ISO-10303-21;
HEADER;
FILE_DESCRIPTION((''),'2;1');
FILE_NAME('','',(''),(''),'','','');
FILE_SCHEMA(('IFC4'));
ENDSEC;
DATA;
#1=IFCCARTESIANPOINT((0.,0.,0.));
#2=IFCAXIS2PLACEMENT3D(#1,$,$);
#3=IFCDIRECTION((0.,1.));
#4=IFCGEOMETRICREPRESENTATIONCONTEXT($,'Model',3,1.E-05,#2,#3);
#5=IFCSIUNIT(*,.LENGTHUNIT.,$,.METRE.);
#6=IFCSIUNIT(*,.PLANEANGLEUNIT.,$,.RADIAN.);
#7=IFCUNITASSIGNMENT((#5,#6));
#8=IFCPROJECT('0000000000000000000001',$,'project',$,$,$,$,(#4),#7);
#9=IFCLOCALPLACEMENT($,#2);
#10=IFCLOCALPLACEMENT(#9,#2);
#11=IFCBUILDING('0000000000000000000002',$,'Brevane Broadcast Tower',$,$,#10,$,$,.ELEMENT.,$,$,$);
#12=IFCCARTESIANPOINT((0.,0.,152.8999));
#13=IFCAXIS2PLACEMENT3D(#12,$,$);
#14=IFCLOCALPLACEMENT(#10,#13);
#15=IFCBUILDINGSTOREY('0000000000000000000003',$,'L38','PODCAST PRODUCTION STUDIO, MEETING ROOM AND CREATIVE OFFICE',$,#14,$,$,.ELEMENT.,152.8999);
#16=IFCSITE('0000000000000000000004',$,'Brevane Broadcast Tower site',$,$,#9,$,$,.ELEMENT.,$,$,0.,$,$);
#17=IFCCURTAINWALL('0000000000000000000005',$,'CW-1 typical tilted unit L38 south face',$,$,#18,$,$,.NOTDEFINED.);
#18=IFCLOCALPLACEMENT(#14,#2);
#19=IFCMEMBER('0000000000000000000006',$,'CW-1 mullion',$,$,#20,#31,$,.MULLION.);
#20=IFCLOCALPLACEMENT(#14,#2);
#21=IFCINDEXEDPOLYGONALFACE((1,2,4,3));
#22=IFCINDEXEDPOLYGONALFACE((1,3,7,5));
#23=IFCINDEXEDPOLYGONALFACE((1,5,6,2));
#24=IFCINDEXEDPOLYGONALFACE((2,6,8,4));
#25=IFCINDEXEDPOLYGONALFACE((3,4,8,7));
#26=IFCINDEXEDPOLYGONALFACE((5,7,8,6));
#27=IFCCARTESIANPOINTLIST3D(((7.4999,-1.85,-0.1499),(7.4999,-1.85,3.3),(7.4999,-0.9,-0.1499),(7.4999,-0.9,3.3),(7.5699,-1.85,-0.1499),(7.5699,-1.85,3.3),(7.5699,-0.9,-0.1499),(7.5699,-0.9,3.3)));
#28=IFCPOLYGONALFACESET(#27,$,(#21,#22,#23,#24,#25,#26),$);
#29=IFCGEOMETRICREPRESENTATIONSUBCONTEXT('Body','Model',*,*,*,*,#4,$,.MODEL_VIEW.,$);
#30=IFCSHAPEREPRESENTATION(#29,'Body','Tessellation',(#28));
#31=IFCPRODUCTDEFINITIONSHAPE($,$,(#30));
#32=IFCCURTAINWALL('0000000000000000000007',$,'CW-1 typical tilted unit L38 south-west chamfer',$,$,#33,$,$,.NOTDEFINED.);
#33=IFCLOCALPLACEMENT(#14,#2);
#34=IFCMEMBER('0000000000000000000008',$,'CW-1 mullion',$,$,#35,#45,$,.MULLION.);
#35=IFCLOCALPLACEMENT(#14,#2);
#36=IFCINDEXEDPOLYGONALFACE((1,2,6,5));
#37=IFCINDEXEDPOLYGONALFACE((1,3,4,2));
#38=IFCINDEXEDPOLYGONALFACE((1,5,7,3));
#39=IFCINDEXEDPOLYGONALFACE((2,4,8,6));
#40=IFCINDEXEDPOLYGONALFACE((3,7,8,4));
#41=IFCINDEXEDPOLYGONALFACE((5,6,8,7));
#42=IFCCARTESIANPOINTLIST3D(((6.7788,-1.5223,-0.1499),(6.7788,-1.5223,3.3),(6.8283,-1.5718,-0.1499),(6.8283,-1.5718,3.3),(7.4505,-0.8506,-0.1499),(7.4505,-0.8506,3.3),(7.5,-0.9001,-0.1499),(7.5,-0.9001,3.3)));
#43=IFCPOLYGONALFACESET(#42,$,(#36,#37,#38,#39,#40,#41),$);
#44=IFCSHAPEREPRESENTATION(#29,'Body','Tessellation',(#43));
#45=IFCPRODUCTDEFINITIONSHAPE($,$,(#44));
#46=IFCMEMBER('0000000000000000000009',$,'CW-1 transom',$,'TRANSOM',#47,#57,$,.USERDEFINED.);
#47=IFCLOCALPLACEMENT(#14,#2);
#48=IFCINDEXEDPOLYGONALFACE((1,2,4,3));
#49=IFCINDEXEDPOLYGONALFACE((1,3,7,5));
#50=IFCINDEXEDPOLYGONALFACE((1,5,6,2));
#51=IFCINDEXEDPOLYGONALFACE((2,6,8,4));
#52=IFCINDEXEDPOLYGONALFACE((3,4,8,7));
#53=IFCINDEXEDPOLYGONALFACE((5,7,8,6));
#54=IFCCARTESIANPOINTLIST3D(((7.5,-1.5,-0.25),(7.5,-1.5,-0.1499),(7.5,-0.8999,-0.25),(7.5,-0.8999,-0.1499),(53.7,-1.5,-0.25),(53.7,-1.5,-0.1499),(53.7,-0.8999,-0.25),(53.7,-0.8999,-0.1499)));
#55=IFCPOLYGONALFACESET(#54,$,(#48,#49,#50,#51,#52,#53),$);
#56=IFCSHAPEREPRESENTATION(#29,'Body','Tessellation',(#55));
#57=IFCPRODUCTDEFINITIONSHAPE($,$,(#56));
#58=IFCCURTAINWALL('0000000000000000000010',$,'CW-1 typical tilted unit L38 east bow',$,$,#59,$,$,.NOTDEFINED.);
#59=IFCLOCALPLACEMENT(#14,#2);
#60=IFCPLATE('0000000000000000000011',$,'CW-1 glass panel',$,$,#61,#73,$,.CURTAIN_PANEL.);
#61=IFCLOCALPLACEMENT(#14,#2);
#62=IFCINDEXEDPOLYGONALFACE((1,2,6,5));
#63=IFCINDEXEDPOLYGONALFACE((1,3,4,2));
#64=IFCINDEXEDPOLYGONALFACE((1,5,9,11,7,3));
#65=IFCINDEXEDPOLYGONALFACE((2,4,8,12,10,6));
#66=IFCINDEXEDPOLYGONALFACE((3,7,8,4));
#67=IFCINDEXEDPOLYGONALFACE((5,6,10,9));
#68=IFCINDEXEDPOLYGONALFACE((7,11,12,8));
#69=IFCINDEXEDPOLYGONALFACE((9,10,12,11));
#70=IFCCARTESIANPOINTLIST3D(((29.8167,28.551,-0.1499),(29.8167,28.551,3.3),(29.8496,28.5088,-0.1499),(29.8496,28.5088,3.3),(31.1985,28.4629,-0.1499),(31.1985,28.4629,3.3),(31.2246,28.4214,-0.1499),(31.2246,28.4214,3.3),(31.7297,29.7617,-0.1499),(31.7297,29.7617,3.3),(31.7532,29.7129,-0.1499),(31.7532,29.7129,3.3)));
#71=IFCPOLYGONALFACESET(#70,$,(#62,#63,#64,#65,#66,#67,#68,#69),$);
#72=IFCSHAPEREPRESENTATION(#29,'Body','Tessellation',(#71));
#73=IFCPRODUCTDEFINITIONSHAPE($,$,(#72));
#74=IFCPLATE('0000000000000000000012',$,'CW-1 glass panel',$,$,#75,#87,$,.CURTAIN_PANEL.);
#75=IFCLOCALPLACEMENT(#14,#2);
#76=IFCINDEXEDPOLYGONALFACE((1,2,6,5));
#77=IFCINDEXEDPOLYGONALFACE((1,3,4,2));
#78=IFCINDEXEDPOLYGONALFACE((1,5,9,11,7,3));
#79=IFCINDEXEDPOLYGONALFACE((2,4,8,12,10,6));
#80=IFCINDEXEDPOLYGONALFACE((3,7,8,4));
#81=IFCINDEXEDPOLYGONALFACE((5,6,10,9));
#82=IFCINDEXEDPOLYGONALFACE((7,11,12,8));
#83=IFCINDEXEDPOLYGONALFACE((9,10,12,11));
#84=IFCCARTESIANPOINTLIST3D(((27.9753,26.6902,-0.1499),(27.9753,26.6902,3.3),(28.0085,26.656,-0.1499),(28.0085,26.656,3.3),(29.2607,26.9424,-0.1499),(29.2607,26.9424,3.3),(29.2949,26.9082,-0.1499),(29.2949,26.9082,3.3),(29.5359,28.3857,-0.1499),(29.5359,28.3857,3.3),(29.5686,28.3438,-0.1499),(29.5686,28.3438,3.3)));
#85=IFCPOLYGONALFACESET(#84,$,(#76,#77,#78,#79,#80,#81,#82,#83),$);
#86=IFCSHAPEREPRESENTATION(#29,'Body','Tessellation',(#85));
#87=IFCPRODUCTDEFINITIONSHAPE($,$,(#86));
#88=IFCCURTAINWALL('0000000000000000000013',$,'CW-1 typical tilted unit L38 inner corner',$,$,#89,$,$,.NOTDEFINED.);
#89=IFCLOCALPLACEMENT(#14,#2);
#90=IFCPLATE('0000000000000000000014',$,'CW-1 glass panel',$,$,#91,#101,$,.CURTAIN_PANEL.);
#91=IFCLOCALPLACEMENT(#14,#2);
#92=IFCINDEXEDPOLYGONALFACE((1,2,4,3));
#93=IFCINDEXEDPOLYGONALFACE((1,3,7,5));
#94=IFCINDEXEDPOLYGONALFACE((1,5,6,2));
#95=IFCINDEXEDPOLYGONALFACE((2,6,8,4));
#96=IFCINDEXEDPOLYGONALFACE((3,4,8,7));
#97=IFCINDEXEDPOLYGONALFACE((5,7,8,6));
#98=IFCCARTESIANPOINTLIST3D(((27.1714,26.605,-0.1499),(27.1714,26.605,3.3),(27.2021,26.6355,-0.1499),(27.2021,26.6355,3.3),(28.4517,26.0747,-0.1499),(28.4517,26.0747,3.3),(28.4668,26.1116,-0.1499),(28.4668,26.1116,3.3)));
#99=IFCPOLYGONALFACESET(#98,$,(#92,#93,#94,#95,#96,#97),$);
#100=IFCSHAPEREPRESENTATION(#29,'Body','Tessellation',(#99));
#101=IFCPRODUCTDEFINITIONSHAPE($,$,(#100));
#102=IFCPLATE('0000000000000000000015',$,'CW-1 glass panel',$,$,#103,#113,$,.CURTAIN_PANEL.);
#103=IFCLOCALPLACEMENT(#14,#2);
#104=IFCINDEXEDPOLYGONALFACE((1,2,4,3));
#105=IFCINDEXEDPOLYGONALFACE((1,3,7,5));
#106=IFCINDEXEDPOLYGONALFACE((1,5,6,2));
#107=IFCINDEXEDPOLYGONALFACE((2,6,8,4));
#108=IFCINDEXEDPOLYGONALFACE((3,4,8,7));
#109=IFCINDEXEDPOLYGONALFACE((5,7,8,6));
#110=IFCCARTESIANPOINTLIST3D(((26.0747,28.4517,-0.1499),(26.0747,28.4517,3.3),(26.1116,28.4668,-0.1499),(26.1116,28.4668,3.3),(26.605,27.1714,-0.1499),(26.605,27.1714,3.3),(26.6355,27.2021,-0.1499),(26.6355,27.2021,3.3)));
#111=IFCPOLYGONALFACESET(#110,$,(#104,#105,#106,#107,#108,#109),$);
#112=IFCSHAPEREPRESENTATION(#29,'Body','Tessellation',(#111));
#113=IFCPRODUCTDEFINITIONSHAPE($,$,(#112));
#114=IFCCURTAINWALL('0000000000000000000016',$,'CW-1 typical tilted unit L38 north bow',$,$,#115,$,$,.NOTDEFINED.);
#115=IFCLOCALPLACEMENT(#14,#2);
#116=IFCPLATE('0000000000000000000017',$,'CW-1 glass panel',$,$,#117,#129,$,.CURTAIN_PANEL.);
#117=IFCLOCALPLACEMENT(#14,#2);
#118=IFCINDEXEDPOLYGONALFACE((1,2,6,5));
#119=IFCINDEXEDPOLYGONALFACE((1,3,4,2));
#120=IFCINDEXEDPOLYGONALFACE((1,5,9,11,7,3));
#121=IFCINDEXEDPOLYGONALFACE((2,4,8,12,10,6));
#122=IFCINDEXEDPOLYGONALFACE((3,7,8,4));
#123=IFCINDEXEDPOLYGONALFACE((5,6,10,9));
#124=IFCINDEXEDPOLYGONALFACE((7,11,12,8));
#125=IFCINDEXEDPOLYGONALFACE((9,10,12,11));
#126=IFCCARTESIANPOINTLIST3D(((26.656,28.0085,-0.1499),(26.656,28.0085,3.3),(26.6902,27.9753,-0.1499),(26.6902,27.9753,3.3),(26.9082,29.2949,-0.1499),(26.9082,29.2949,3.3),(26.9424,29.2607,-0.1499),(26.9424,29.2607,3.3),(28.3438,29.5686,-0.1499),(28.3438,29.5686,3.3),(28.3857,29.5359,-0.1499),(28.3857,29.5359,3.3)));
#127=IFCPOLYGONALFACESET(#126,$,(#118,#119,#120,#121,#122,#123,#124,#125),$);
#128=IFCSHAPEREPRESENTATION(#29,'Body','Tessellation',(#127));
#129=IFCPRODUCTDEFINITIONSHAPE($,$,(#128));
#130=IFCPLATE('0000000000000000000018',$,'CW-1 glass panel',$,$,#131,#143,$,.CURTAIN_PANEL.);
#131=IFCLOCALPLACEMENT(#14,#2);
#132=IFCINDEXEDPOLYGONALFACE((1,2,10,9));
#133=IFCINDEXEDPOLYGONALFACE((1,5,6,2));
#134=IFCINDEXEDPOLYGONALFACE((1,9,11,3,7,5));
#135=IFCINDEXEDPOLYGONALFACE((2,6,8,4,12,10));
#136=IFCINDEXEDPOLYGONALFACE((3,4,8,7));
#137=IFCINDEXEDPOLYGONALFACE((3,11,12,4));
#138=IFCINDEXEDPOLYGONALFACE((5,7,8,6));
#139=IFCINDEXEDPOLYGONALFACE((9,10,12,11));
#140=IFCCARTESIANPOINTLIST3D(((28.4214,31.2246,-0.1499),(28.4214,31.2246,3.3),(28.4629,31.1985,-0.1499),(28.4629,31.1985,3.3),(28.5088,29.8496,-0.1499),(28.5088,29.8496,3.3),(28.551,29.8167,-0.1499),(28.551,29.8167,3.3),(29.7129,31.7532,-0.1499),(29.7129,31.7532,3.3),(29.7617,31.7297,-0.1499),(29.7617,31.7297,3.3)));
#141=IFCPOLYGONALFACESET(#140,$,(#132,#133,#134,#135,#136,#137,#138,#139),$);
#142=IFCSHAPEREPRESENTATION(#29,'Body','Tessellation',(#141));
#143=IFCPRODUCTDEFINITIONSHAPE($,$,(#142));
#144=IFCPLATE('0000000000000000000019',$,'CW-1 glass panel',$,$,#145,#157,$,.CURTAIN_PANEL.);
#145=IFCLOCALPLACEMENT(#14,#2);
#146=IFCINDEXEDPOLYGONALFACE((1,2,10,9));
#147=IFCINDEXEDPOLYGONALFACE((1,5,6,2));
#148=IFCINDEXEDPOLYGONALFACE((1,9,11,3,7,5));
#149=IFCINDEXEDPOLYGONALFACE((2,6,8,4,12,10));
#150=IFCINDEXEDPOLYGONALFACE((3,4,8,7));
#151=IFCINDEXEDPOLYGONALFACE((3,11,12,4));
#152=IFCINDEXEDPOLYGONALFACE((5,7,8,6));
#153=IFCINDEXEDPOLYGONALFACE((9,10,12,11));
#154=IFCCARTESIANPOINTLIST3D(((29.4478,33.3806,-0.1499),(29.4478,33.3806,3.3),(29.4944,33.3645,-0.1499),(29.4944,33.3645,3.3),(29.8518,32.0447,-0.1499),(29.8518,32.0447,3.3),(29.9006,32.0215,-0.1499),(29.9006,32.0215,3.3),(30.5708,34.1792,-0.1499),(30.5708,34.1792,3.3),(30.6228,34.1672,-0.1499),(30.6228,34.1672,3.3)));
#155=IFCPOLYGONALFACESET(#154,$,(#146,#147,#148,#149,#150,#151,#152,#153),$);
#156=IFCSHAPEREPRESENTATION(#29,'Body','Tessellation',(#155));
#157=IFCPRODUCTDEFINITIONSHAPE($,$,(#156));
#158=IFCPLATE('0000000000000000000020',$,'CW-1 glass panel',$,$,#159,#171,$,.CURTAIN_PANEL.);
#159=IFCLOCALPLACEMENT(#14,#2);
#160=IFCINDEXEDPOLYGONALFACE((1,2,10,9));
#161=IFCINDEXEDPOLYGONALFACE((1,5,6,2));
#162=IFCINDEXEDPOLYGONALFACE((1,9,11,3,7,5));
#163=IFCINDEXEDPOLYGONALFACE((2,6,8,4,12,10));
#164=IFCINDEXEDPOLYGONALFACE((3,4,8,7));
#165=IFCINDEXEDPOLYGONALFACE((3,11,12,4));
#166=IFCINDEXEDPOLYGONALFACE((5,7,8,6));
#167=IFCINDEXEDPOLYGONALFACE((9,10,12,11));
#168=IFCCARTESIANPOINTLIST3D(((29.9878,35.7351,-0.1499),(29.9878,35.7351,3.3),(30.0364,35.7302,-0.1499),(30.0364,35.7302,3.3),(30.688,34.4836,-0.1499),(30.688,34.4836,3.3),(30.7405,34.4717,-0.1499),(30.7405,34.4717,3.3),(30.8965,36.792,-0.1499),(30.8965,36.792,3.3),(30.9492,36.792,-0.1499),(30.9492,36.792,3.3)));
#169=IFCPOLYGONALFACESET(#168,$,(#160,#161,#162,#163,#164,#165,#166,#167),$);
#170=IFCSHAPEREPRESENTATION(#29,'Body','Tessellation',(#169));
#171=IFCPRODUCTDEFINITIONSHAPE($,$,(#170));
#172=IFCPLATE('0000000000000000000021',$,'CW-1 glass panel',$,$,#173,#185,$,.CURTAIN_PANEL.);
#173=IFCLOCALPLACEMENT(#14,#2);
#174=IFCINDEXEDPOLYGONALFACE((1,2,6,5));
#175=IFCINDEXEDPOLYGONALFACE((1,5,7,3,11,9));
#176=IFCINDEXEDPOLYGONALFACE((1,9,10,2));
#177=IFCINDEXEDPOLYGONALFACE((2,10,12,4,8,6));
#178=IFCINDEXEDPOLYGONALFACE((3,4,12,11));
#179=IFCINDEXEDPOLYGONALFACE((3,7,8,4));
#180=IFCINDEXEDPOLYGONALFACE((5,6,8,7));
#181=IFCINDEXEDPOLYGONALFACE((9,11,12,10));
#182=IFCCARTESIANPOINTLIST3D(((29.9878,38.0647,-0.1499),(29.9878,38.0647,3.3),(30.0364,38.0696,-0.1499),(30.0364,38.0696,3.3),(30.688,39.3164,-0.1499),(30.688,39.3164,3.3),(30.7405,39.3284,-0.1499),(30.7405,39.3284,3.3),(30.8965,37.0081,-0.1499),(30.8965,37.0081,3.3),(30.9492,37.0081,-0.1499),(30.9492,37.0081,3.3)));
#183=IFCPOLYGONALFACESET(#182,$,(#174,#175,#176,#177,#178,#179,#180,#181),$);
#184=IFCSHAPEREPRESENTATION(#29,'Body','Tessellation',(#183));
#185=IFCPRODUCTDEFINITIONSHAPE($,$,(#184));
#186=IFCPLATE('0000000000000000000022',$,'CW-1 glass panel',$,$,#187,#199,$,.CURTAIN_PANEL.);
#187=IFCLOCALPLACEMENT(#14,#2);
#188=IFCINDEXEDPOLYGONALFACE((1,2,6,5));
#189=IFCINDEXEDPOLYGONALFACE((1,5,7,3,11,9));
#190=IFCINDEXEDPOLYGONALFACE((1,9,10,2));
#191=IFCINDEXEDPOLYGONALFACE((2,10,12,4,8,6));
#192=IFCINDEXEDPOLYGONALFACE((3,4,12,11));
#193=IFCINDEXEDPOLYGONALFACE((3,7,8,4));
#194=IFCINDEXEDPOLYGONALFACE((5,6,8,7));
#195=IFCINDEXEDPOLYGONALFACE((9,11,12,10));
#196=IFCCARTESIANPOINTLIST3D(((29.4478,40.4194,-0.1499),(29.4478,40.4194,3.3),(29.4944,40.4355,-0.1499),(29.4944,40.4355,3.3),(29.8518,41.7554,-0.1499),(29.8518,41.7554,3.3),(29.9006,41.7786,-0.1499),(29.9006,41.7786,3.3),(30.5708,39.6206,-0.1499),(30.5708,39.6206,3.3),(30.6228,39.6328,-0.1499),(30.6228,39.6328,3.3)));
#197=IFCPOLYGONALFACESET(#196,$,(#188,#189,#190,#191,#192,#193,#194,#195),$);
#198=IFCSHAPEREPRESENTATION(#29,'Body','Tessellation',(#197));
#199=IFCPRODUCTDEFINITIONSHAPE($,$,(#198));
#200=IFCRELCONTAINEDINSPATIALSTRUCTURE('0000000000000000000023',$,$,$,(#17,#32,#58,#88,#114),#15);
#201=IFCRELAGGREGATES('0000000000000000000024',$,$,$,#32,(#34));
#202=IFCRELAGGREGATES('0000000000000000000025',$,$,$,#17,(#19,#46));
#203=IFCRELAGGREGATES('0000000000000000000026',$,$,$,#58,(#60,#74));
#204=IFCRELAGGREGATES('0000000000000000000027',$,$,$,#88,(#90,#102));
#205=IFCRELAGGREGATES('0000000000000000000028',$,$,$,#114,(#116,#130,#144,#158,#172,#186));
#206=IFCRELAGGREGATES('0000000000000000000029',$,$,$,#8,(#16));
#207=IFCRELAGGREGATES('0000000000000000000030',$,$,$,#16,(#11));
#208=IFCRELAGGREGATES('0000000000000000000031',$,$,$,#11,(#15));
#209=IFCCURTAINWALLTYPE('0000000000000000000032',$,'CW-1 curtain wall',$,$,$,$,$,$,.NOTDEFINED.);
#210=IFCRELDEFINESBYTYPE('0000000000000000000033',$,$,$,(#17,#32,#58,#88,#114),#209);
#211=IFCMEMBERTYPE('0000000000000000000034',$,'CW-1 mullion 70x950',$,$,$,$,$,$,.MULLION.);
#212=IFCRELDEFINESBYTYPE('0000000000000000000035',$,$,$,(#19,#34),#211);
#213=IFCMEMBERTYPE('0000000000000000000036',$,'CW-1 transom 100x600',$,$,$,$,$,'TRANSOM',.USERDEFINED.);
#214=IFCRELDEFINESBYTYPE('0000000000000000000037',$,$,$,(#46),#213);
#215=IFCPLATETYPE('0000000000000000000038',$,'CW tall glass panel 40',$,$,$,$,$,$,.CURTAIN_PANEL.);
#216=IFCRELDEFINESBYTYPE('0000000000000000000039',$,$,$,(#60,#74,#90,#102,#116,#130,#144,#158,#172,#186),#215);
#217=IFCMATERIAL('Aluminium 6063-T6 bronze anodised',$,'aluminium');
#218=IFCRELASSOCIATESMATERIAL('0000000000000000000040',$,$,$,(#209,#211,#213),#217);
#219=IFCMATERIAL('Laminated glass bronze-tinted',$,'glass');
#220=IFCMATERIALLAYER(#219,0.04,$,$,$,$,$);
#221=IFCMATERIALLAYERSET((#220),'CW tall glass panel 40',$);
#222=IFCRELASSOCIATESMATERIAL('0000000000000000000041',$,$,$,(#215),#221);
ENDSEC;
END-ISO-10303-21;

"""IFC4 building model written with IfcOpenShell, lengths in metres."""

from ifc_helpers import new_model, si_unit, direction, frame, origin, origin_2d, place, context, subcontext, project, spatial, polyline, rectangle, outline, extrude, material, layer, layer_set, material_profile, profile_set, type_object, element, aggregate, save


model = new_model("IFC4")

# Units and contexts
model_context = context("Model", 3, precision=1e-05, world=origin(), true_north=direction((0.0, 1.0)))
body_context = subcontext(model_context, "Body", "Model", "MODEL_VIEW")
ifc_project = project(units=[si_unit("LENGTHUNIT", "METRE"), si_unit("PLANEANGLEUNIT", "RADIAN")], contexts=[model_context])

# Site, building, storey
site_placement = place(None, origin())
site = spatial("IfcSite", under=ifc_project, at=site_placement, Name="Brevane Broadcast Tower site", CompositionType="ELEMENT", RefElevation=0.0)
building_placement = place(site_placement, origin())
building = spatial("IfcBuilding", under=site, at=building_placement, Name="Brevane Broadcast Tower", CompositionType="ELEMENT")
storey_placement = place(building_placement, frame((0.0, 0.0, 152.8999)))
storey = spatial("IfcBuildingStorey", under=building, at=storey_placement, Name="L38", Description="PODCAST PRODUCTION STUDIO, MEETING ROOM AND CREATIVE OFFICE", CompositionType="ELEMENT", Elevation=152.8999)

# Curtain walls, members
ifc_material_1 = material(Name="Aluminium 6063-T6 bronze anodised", Category="aluminium")
curtain_wall_type = type_object("IfcCurtainWallType", Name="CW-1 curtain wall", PredefinedType="NOTDEFINED", material=ifc_material_1)
curtain_wall_1_placement = place(storey_placement, origin())
curtain_wall_1 = element("IfcCurtainWall", 1, at=curtain_wall_1_placement, inside=storey, type_object=curtain_wall_type, Name="CW-1 typical tilted unit L38 south face", PredefinedType="NOTDEFINED")
ifc_material_profile_1 = material_profile(ifc_material_1, rectangle(XDim=0.95, YDim=0.0701, at=origin_2d()), Name="RECT 70x950")
ifc_profile_set_1 = profile_set([ifc_material_profile_1], Name="Aluminium 6063-T6 bronze anodised")
member_type_1 = type_object("IfcMemberType", Name="CW-1 mullion 70x950", PredefinedType="MULLION", material=ifc_profile_set_1)
member_1_placement = place(storey_placement, frame((7.5349, -1.375, -0.1499), z_axis=(0.0, 0.0, 1.0), x_axis=(0.0, 1.0, 0.0)))
member_1 = element("IfcMember", 2, at=member_1_placement, type_object=member_type_1, Name="CW-1 mullion", PredefinedType="MULLION", context=body_context, shape_type="SweptSolid", body=[
    extrude(rectangle(XDim=0.95, YDim=0.0701, at=origin_2d()), origin(), (0.0, 0.0, 1.0), 3.45),
])
curtain_wall_2_placement = place(storey_placement, origin())
curtain_wall_2 = element("IfcCurtainWall", 3, at=curtain_wall_2_placement, inside=storey, type_object=curtain_wall_type, Name="CW-1 typical tilted unit L38 south-west chamfer", PredefinedType="NOTDEFINED")
member_2_placement = place(storey_placement, frame((7.1394, -1.2112, -0.1499), z_axis=(0.0, 0.0, 1.0), x_axis=(0.707107, 0.707107, 0.0)))
member_2 = element("IfcMember", 4, at=member_2_placement, type_object=member_type_1, Name="CW-1 mullion", PredefinedType="MULLION", context=body_context, shape_type="SweptSolid", body=[
    extrude(rectangle(XDim=0.95, YDim=0.0701, at=origin_2d()), origin(), (0.0, 0.0, 1.0), 3.45),
])
aggregate(curtain_wall_2, [member_2])

# Member
ifc_material_profile_2 = material_profile(ifc_material_1, rectangle(XDim=0.6001, YDim=0.1001, at=origin_2d()), Name="RECT 100x600")
ifc_profile_set_2 = profile_set([ifc_material_profile_2], Name="Aluminium 6063-T6 bronze anodised")
member_type_2 = type_object("IfcMemberType", Name="CW-1 transom 100x600", ElementType="TRANSOM", PredefinedType="USERDEFINED", material=ifc_profile_set_2)
member_3_placement = place(storey_placement, frame((7.5, -1.2, -0.2), z_axis=(1.0, 0.0, 0.0), x_axis=(0.0, 1.0, 0.0)))
member_3 = element("IfcMember", 5, at=member_3_placement, type_object=member_type_2, Name="CW-1 transom", ObjectType="TRANSOM", PredefinedType="USERDEFINED", context=body_context, shape_type="SweptSolid", body=[
    extrude(rectangle(XDim=0.6001, YDim=0.1001, at=origin_2d()), origin(), (0.0, 0.0, 1.0), 46.2),
])
aggregate(curtain_wall_1, [member_1, member_3])

# Curtain walls, plates
curtain_wall_3_placement = place(storey_placement, origin())
curtain_wall_3 = element("IfcCurtainWall", 6, at=curtain_wall_3_placement, inside=storey, type_object=curtain_wall_type, Name="CW-1 typical tilted unit L38 east bow", PredefinedType="NOTDEFINED")
ifc_material_2 = material(Name="Laminated glass bronze-tinted", Category="glass")
ifc_layer = layer(ifc_material_2, 0.04)
ifc_layer_set = layer_set([ifc_layer], Name="CW tall glass panel 40")
plate_type = type_object("IfcPlateType", Name="CW tall glass panel 40", PredefinedType="CURTAIN_PANEL", material=ifc_layer_set)
plate_1_placement = place(storey_placement, frame((0.0, 0.0, -0.1499)))
plate_1 = element("IfcPlate", 7, at=plate_1_placement, type_object=plate_type, Name="CW-1 glass panel", PredefinedType="CURTAIN_PANEL", context=body_context, shape_type="SweptSolid", body=[
    extrude(outline(polyline([(31.7532, 29.7129), (31.7297, 29.7617), (31.1985, 28.4629), (29.8167, 28.551), (29.8496, 28.5088), (31.2246, 28.4214), (31.7532, 29.7129)])), origin(), (0.0, 0.0, 1.0), 3.45),
])
plate_2_placement = place(storey_placement, frame((0.0, 0.0, -0.1499)))
plate_2 = element("IfcPlate", 8, at=plate_2_placement, type_object=plate_type, Name="CW-1 glass panel", PredefinedType="CURTAIN_PANEL", context=body_context, shape_type="SweptSolid", body=[
    extrude(outline(polyline([(29.5686, 28.3438), (29.5359, 28.3857), (29.2607, 26.9424), (27.9753, 26.6902), (28.0085, 26.656), (29.2949, 26.9082), (29.5686, 28.3438)])), origin(), (0.0, 0.0, 1.0), 3.45),
])
aggregate(curtain_wall_3, [plate_1, plate_2])
curtain_wall_4_placement = place(storey_placement, origin())
curtain_wall_4 = element("IfcCurtainWall", 9, at=curtain_wall_4_placement, inside=storey, type_object=curtain_wall_type, Name="CW-1 typical tilted unit L38 inner corner", PredefinedType="NOTDEFINED")
plate_3_placement = place(storey_placement, frame((0.0, 0.0, -0.1499)))
plate_3 = element("IfcPlate", 10, at=plate_3_placement, type_object=plate_type, Name="CW-1 glass panel", PredefinedType="CURTAIN_PANEL", context=body_context, shape_type="SweptSolid", body=[
    extrude(outline(polyline([(28.4517, 26.0747), (28.4668, 26.1116), (27.2021, 26.6355), (27.1714, 26.605), (28.4517, 26.0747)])), origin(), (0.0, 0.0, 1.0), 3.45),
])
plate_4_placement = place(storey_placement, frame((0.0, 0.0, -0.1499)))
plate_4 = element("IfcPlate", 11, at=plate_4_placement, type_object=plate_type, Name="CW-1 glass panel", PredefinedType="CURTAIN_PANEL", context=body_context, shape_type="SweptSolid", body=[
    extrude(outline(polyline([(26.605, 27.1714), (26.6355, 27.2021), (26.1116, 28.4668), (26.0747, 28.4517), (26.605, 27.1714)])), origin(), (0.0, 0.0, 1.0), 3.45),
])
aggregate(curtain_wall_4, [plate_3, plate_4])
curtain_wall_5_placement = place(storey_placement, origin())
curtain_wall_5 = element("IfcCurtainWall", 12, at=curtain_wall_5_placement, inside=storey, type_object=curtain_wall_type, Name="CW-1 typical tilted unit L38 north bow", PredefinedType="NOTDEFINED")
plate_5_placement = place(storey_placement, frame((0.0, 0.0, -0.1499)))
plate_5 = element("IfcPlate", 13, at=plate_5_placement, type_object=plate_type, Name="CW-1 glass panel", PredefinedType="CURTAIN_PANEL", context=body_context, shape_type="SweptSolid", body=[
    extrude(outline(polyline([(26.656, 28.0085), (26.6902, 27.9753), (26.9424, 29.2607), (28.3857, 29.5359), (28.3438, 29.5686), (26.9082, 29.2949), (26.656, 28.0085)])), origin(), (0.0, 0.0, 1.0), 3.45),
])
plate_6_placement = place(storey_placement, frame((0.0, 0.0, -0.1499)))
plate_6 = element("IfcPlate", 14, at=plate_6_placement, type_object=plate_type, Name="CW-1 glass panel", PredefinedType="CURTAIN_PANEL", context=body_context, shape_type="SweptSolid", body=[
    extrude(outline(polyline([(28.5088, 29.8496), (28.551, 29.8167), (28.4629, 31.1985), (29.7617, 31.7297), (29.7129, 31.7532), (28.4214, 31.2246), (28.5088, 29.8496)])), origin(), (0.0, 0.0, 1.0), 3.45),
])
plate_7_placement = place(storey_placement, frame((0.0, 0.0, -0.1499)))
plate_7 = element("IfcPlate", 15, at=plate_7_placement, type_object=plate_type, Name="CW-1 glass panel", PredefinedType="CURTAIN_PANEL", context=body_context, shape_type="SweptSolid", body=[
    extrude(outline(polyline([(29.8518, 32.0447), (29.9006, 32.0215), (29.4944, 33.3645), (30.6228, 34.1672), (30.5708, 34.1792), (29.4478, 33.3806), (29.8518, 32.0447)])), origin(), (0.0, 0.0, 1.0), 3.45),
])
plate_8_placement = place(storey_placement, frame((0.0, 0.0, -0.1499)))
plate_8 = element("IfcPlate", 16, at=plate_8_placement, type_object=plate_type, Name="CW-1 glass panel", PredefinedType="CURTAIN_PANEL", context=body_context, shape_type="SweptSolid", body=[
    extrude(outline(polyline([(30.688, 34.4836), (30.7405, 34.4717), (30.0364, 35.7302), (30.9492, 36.792), (30.8965, 36.792), (29.9878, 35.7351), (30.688, 34.4836)])), origin(), (0.0, 0.0, 1.0), 3.45),
])
plate_9_placement = place(storey_placement, frame((0.0, 0.0, -0.1499)))
plate_9 = element("IfcPlate", 17, at=plate_9_placement, type_object=plate_type, Name="CW-1 glass panel", PredefinedType="CURTAIN_PANEL", context=body_context, shape_type="SweptSolid", body=[
    extrude(outline(polyline([(30.8965, 37.0081), (30.9492, 37.0081), (30.0364, 38.0696), (30.7405, 39.3284), (30.688, 39.3164), (29.9878, 38.0647), (30.8965, 37.0081)])), origin(), (0.0, 0.0, 1.0), 3.45),
])
plate_10_placement = place(storey_placement, frame((0.0, 0.0, -0.1499)))
plate_10 = element("IfcPlate", 18, at=plate_10_placement, type_object=plate_type, Name="CW-1 glass panel", PredefinedType="CURTAIN_PANEL", context=body_context, shape_type="SweptSolid", body=[
    extrude(outline(polyline([(30.5708, 39.6206), (30.6228, 39.6328), (29.4944, 40.4355), (29.9006, 41.7786), (29.8518, 41.7554), (29.4478, 40.4194), (30.5708, 39.6206)])), origin(), (0.0, 0.0, 1.0), 3.45),
])
aggregate(curtain_wall_5, [plate_5, plate_6, plate_7, plate_8, plate_9, plate_10])

save(model, "model.ifc")
